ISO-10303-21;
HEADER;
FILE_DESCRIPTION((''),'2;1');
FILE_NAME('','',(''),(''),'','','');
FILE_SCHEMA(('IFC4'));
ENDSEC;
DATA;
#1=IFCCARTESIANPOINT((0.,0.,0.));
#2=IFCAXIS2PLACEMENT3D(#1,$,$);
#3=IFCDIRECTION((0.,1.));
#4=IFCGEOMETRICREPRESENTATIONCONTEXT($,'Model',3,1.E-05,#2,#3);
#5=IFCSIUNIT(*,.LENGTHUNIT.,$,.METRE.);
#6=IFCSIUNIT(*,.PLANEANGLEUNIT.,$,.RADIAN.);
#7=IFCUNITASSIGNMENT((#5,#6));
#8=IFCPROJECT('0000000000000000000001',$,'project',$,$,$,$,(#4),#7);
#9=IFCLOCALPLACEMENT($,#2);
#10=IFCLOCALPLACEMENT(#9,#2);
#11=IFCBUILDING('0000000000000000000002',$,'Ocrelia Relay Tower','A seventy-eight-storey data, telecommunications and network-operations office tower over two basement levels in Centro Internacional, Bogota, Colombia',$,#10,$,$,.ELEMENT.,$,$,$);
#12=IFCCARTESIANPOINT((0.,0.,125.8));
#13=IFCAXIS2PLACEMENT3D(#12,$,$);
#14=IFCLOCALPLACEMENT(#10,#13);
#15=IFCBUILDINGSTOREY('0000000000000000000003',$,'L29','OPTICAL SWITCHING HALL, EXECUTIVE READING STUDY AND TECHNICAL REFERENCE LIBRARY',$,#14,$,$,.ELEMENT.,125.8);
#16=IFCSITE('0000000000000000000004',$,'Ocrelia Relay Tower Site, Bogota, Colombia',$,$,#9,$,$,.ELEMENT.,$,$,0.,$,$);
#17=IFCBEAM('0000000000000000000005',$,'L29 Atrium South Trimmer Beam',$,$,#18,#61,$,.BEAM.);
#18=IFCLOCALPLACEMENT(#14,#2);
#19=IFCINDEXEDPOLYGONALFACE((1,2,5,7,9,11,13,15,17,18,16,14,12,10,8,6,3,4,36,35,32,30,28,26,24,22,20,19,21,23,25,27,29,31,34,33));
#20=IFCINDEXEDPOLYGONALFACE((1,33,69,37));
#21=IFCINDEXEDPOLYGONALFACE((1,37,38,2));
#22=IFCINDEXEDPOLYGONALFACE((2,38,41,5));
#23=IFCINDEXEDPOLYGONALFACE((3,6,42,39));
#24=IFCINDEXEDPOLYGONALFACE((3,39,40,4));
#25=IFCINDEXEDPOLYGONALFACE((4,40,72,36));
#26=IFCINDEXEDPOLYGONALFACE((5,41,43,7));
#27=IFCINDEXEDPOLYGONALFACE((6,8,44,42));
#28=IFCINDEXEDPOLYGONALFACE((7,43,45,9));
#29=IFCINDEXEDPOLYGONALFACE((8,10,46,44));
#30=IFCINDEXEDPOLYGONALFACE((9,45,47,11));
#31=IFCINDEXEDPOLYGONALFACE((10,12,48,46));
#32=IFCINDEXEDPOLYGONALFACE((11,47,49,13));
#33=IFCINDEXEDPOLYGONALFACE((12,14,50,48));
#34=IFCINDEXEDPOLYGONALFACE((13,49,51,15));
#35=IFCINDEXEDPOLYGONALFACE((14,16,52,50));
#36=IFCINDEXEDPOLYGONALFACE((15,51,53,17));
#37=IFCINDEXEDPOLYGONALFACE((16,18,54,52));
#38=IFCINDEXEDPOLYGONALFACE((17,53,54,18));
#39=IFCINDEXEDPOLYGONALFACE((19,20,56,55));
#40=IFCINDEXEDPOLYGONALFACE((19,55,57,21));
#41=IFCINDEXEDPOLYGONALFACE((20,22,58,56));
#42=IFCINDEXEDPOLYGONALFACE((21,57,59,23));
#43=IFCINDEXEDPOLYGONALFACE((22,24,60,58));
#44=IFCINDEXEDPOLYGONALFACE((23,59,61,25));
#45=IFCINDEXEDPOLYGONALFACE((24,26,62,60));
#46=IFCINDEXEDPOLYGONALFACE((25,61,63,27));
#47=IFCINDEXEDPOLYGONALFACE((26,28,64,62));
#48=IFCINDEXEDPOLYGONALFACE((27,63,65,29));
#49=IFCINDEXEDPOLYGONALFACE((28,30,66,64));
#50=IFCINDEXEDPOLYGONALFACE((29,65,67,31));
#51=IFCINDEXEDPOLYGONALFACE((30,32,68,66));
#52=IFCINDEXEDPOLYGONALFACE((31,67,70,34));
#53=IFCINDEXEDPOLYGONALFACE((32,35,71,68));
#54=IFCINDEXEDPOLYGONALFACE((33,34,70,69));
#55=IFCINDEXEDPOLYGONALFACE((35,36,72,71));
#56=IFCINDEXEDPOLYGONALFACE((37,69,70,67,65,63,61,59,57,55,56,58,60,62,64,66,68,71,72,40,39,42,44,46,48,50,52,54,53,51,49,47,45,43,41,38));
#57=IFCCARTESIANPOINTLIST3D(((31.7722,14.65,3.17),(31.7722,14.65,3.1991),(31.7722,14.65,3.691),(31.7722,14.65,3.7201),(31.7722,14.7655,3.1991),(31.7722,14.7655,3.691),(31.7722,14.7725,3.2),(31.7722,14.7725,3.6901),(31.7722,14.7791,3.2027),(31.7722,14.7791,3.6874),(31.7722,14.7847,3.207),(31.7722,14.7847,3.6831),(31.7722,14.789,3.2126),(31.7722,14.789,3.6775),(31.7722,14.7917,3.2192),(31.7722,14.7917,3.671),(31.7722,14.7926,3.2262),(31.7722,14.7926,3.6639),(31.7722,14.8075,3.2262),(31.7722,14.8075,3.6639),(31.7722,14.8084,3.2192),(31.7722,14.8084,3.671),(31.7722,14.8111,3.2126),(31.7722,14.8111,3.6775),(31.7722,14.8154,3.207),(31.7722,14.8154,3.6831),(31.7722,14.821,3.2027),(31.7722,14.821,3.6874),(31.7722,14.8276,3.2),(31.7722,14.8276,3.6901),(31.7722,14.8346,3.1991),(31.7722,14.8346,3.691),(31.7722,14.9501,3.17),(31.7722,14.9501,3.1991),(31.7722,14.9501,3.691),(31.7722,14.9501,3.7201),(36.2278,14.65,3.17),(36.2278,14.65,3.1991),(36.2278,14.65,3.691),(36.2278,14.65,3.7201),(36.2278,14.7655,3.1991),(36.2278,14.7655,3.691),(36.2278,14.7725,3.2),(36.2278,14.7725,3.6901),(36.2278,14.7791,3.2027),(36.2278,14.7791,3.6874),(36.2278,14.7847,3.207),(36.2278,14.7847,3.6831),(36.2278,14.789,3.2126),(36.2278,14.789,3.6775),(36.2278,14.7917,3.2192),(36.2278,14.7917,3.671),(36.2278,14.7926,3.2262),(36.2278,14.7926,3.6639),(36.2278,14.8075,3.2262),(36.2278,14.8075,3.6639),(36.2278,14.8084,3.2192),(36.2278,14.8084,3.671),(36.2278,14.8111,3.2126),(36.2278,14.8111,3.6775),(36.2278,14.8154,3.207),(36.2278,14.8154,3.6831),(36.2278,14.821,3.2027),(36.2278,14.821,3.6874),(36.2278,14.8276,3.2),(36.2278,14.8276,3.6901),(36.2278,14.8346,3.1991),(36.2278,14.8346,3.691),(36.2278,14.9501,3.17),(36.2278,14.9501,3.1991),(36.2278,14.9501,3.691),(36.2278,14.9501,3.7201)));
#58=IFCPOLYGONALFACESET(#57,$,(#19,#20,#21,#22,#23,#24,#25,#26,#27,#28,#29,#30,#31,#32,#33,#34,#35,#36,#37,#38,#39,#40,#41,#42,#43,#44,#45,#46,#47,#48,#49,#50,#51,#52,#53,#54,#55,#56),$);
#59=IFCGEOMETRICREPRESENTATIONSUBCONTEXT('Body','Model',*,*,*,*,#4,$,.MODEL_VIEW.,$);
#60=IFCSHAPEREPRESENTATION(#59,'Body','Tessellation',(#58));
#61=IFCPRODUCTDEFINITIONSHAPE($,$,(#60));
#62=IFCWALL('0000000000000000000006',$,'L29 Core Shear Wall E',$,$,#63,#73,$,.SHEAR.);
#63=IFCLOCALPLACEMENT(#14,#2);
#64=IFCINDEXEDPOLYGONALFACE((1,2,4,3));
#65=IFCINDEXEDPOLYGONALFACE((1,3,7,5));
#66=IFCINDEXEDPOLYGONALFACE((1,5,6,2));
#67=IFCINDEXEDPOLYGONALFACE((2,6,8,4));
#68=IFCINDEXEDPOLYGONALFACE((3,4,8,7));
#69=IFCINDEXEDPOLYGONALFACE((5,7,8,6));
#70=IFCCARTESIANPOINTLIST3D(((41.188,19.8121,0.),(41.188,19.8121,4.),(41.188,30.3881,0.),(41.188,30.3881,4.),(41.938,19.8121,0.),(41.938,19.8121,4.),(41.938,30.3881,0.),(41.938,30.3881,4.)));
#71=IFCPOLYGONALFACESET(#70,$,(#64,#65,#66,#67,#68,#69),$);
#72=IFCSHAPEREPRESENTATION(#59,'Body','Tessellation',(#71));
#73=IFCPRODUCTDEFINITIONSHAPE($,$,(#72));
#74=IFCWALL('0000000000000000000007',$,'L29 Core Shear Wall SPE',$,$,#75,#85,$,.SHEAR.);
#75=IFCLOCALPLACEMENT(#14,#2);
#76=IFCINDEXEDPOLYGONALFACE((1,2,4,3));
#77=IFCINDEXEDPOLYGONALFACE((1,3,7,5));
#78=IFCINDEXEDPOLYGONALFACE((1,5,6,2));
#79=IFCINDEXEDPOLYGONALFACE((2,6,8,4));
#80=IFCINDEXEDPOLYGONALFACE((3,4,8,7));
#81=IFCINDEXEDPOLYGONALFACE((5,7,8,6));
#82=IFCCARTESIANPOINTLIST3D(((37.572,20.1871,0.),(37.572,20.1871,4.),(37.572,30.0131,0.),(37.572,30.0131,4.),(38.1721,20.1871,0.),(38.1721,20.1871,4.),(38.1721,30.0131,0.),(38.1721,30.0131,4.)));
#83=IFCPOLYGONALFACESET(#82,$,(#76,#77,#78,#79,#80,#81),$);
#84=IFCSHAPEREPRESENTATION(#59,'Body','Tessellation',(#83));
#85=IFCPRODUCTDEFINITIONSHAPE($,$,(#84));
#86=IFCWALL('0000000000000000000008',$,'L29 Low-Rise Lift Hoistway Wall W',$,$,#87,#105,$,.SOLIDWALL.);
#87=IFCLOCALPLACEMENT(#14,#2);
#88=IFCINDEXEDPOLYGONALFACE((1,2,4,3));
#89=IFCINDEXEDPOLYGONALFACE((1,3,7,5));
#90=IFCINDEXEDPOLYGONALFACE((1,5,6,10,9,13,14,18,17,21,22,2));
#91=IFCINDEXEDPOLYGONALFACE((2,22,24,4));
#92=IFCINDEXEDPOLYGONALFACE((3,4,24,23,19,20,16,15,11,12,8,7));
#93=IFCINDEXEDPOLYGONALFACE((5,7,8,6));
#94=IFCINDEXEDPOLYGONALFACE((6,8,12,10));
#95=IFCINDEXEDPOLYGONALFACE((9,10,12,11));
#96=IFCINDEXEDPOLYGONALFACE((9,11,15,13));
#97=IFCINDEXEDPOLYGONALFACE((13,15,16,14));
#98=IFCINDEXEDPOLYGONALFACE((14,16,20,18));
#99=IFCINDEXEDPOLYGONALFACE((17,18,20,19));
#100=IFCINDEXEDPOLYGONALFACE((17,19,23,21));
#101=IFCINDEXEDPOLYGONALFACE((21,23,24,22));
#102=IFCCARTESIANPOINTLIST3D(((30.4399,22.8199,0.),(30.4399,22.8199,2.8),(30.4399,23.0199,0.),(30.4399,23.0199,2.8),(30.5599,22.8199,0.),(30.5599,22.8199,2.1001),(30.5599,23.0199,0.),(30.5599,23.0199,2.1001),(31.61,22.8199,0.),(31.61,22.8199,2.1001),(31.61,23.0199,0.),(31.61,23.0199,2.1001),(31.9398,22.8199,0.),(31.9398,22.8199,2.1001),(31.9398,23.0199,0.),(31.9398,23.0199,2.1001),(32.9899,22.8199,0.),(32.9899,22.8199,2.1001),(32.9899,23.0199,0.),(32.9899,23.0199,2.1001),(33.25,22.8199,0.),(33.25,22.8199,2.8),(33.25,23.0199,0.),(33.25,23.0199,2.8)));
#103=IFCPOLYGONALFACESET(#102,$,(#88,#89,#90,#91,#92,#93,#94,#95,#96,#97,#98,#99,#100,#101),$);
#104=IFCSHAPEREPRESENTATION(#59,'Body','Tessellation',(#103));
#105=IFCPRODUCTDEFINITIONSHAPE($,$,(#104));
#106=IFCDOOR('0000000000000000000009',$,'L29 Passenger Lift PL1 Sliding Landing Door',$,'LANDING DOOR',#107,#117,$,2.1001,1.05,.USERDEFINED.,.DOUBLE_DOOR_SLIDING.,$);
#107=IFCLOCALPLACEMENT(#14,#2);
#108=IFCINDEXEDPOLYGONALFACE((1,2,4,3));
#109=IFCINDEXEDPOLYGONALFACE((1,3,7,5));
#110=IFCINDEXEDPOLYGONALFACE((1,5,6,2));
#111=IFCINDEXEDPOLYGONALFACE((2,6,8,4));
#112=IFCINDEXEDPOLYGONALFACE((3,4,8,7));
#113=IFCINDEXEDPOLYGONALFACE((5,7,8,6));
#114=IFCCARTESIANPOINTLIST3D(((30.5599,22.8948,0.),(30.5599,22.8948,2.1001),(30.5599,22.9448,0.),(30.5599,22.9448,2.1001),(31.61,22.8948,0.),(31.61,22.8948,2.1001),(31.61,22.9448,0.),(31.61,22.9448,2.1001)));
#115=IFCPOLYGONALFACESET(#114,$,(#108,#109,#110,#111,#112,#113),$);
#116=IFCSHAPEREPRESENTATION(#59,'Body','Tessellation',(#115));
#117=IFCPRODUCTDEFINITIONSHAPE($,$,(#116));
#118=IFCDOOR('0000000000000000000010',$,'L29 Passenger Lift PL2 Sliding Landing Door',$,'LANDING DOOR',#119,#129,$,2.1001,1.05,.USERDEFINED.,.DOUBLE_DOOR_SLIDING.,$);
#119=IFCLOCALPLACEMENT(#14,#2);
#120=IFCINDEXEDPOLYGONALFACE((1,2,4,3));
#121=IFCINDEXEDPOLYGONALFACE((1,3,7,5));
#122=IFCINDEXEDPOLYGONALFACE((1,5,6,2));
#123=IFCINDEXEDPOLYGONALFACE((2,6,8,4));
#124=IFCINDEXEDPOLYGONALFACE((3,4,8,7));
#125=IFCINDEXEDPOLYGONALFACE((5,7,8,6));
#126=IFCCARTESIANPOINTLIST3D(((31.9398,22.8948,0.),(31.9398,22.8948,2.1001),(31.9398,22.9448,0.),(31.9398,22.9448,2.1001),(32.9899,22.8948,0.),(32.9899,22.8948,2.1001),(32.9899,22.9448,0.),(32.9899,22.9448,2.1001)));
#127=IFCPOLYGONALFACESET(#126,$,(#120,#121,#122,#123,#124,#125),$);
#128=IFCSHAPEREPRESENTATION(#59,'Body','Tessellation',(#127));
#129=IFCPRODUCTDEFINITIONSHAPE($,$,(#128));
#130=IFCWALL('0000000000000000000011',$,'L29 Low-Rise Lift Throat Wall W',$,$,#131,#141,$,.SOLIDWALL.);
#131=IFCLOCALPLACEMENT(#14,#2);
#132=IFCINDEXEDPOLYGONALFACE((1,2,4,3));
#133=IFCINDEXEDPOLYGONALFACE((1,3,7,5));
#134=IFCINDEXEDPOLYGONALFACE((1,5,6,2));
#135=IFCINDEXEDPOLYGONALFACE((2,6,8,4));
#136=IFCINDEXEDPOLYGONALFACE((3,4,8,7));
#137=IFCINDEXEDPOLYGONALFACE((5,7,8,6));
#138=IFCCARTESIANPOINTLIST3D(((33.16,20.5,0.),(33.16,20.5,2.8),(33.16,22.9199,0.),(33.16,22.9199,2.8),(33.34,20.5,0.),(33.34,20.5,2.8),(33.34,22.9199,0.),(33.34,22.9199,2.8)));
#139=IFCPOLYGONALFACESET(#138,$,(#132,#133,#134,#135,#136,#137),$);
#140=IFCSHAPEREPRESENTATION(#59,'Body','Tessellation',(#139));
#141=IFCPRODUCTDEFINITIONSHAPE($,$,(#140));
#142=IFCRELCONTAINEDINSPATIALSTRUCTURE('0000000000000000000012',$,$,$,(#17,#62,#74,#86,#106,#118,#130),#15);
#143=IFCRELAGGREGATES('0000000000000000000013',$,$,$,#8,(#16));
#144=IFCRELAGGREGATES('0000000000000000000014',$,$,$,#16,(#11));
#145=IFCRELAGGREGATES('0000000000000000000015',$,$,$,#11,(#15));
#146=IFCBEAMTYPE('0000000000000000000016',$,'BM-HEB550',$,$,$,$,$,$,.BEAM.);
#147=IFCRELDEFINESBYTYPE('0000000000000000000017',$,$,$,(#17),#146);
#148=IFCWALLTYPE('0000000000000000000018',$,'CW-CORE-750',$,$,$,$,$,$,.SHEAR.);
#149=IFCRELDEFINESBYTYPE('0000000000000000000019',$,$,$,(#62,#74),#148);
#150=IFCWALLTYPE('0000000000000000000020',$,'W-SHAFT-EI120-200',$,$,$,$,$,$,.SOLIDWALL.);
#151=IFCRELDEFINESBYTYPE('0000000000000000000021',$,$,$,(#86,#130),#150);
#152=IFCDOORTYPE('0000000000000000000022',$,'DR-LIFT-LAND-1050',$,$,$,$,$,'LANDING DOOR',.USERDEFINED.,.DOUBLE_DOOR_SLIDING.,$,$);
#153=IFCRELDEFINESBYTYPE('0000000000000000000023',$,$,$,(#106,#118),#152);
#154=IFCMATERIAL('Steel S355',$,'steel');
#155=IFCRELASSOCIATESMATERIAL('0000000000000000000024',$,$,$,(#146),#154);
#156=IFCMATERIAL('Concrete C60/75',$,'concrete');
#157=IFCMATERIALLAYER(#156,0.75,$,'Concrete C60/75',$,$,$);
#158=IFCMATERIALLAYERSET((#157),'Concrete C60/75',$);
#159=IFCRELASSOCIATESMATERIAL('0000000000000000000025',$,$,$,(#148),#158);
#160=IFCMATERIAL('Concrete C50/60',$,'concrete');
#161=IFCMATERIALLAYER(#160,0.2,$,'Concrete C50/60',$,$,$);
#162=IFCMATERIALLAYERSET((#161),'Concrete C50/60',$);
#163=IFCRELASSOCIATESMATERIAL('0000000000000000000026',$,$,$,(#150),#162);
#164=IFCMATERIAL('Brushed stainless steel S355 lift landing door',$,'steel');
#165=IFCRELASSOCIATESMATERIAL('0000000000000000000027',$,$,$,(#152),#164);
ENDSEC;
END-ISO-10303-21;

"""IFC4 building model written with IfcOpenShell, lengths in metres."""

from ifc_helpers import new_model, si_unit, direction, frame, frame_2d, origin, origin_2d, place, context, subcontext, project, spatial, rectangle, i_section, extrude, material, layer, layer_set, material_profile, profile_set, type_object, element, fill, save


model = new_model("IFC4")

# Units and contexts
model_context = context("Model", 3, precision=1e-05, world=origin(), true_north=direction((0.0, 1.0)))
body_context = subcontext(model_context, "Body", "Model", "MODEL_VIEW")
ifc_project = project(units=[si_unit("LENGTHUNIT", "METRE"), si_unit("PLANEANGLEUNIT", "RADIAN")], contexts=[model_context])

# Site, building, storey
site_placement = place(None, origin())
site = spatial("IfcSite", under=ifc_project, at=site_placement, Name="Ocrelia Relay Tower Site, Bogota, Colombia", CompositionType="ELEMENT", RefElevation=0.0)
building_placement = place(site_placement, origin())
building = spatial("IfcBuilding", under=site, at=building_placement, Name="Ocrelia Relay Tower", Description="A seventy-eight-storey data, telecommunications and network-operations office tower over two basement levels in Centro Internacional, Bogota, Colombia", CompositionType="ELEMENT")
storey_placement = place(building_placement, frame((0.0, 0.0, 125.8)))
storey = spatial("IfcBuildingStorey", under=building, at=storey_placement, Name="L29", Description="OPTICAL SWITCHING HALL, EXECUTIVE READING STUDY AND TECHNICAL REFERENCE LIBRARY", CompositionType="ELEMENT", Elevation=125.8)

# Beam
ifc_material_1 = material(Name="Steel S355", Category="steel")
ifc_material_profile = material_profile(ifc_material_1, i_section(OverallWidth=0.3, OverallDepth=0.55, WebThickness=0.0149, FlangeThickness=0.0291, FilletRadius=0.0271, at=origin_2d()), Name="HEB 550")
ifc_profile_set = profile_set([ifc_material_profile], Name="Steel S355")
beam_type = type_object("IfcBeamType", Name="BM-HEB550", PredefinedType="BEAM", material=ifc_profile_set)
beam_placement = place(storey_placement, frame((31.7722, 14.8, 3.4451), z_axis=(1.0, 0.0, 0.0), x_axis=(0.0, 1.0, 0.0)))
element("IfcBeam", 1, at=beam_placement, inside=storey, type_object=beam_type, Name="L29 Atrium South Trimmer Beam", PredefinedType="BEAM", context=body_context, shape_type="SweptSolid", body=[
    extrude(i_section(OverallWidth=0.3, OverallDepth=0.55, WebThickness=0.0149, FlangeThickness=0.0291, FilletRadius=0.0271, at=origin_2d()), origin(), (0.0, 0.0, 1.0), 4.4556),
])

# Walls
ifc_material_2 = material(Name="Concrete C60/75", Category="concrete")
ifc_layer_1 = layer(ifc_material_2, 0.75, Name="Concrete C60/75")
ifc_layer_set_1 = layer_set([ifc_layer_1], Name="Concrete C60/75")
wall_type_1 = type_object("IfcWallType", Name="CW-CORE-750", PredefinedType="SHEAR", material=ifc_layer_set_1)
wall_1_placement = place(storey_placement, frame((41.563, 19.812, 0.0), z_axis=(0.0, 0.0, 1.0), x_axis=(0.0, 1.0, 0.0)))
element("IfcWall", 2, at=wall_1_placement, inside=storey, type_object=wall_type_1, Name="L29 Core Shear Wall E", PredefinedType="SHEAR", context=body_context, shape_type="SweptSolid", body=[
    extrude(rectangle(XDim=10.5759, YDim=0.75, at=frame_2d((5.2881, 0.0))), origin(), (0.0, 0.0, 1.0), 4.0),
])
wall_2_placement = place(storey_placement, frame((37.8721, 20.187, 0.0), z_axis=(0.0, 0.0, 1.0), x_axis=(0.0, 1.0, 0.0)))
element("IfcWall", 3, at=wall_2_placement, inside=storey, type_object=wall_type_1, Name="L29 Core Shear Wall SPE", PredefinedType="SHEAR", context=body_context, shape_type="SweptSolid", body=[
    extrude(rectangle(XDim=9.8259, YDim=0.6001, at=frame_2d((4.9131, 0.0))), origin(), (0.0, 0.0, 1.0), 4.0),
])

# Wall, openings, doors
ifc_material_3 = material(Name="Concrete C50/60", Category="concrete")
ifc_layer_2 = layer(ifc_material_3, 0.2, Name="Concrete C50/60")
ifc_layer_set_2 = layer_set([ifc_layer_2], Name="Concrete C50/60")
wall_type_2 = type_object("IfcWallType", Name="W-SHAFT-EI120-200", PredefinedType="SOLIDWALL", material=ifc_layer_set_2)
wall_3_placement = place(storey_placement, frame((30.4399, 22.9199, 0.0), z_axis=(0.0, 0.0, 1.0), x_axis=(1.0, 0.0, 0.0)))
wall_3 = element("IfcWall", 4, at=wall_3_placement, inside=storey, type_object=wall_type_2, Name="L29 Low-Rise Lift Hoistway Wall W", PredefinedType="SOLIDWALL", context=body_context, shape_type="SweptSolid", body=[
    extrude(rectangle(XDim=2.8101, YDim=0.2, at=frame_2d((1.405, 0.0))), origin(), (0.0, 0.0, 1.0), 2.8),
])
opening_1_placement = place(wall_3_placement, frame((0.1201, 0.0, 0.0)))
opening_1 = element("IfcOpeningElement", 5, at=opening_1_placement, cuts=wall_3, PredefinedType="OPENING", context=body_context, shape_type="SweptSolid", body=[
    extrude(rectangle(XDim=1.05, YDim=2.1001, at=frame_2d((0.5249, 1.05))), frame((0.0, 0.1099, 0.0), z_axis=(0.0, -1.0, 0.0), x_axis=(1.0, 0.0, 0.0)), (0.0, 0.0, 1.0), 0.22),
])
opening_2_placement = place(wall_3_placement, frame((1.5, 0.0, 0.0)))
opening_2 = element("IfcOpeningElement", 6, at=opening_2_placement, cuts=wall_3, PredefinedType="OPENING", context=body_context, shape_type="SweptSolid", body=[
    extrude(rectangle(XDim=1.05, YDim=2.1001, at=frame_2d((0.5249, 1.05))), frame((0.0, 0.1099, 0.0), z_axis=(0.0, -1.0, 0.0), x_axis=(1.0, 0.0, 0.0)), (0.0, 0.0, 1.0), 0.22),
])
ifc_material_4 = material(Name="Brushed stainless steel S355 lift landing door", Category="steel")
door_type = type_object("IfcDoorType", Name="DR-LIFT-LAND-1050", ElementType="LANDING DOOR", OperationType="DOUBLE_DOOR_SLIDING", PredefinedType="USERDEFINED", material=ifc_material_4)
door_1_placement = place(opening_1_placement, origin())
door_1 = element("IfcDoor", 7, at=door_1_placement, inside=storey, type_object=door_type, Name="L29 Passenger Lift PL1 Sliding Landing Door", ObjectType="LANDING DOOR", OperationType="DOUBLE_DOOR_SLIDING", OverallHeight=2.1001, OverallWidth=1.05, PredefinedType="USERDEFINED", context=body_context, shape_type="SweptSolid", body=[
    extrude(rectangle(XDim=1.05, YDim=2.1001, at=frame_2d((0.5249, 1.05))), frame((0.0, 0.0249, 0.0), z_axis=(0.0, -1.0, 0.0), x_axis=(1.0, 0.0, 0.0)), (0.0, 0.0, 1.0), 0.05),
])
fill(opening_1, door_1)
door_2_placement = place(opening_2_placement, origin())
door_2 = element("IfcDoor", 8, at=door_2_placement, inside=storey, type_object=door_type, Name="L29 Passenger Lift PL2 Sliding Landing Door", ObjectType="LANDING DOOR", OperationType="DOUBLE_DOOR_SLIDING", OverallHeight=2.1001, OverallWidth=1.05, PredefinedType="USERDEFINED", context=body_context, shape_type="SweptSolid", body=[
    extrude(rectangle(XDim=1.05, YDim=2.1001, at=frame_2d((0.5249, 1.05))), frame((0.0, 0.0249, 0.0), z_axis=(0.0, -1.0, 0.0), x_axis=(1.0, 0.0, 0.0)), (0.0, 0.0, 1.0), 0.05),
])
fill(opening_2, door_2)

# Wall
wall_4_placement = place(storey_placement, frame((33.25, 20.5, 0.0), z_axis=(0.0, 0.0, 1.0), x_axis=(0.0, 1.0, 0.0)))
element("IfcWall", 9, at=wall_4_placement, inside=storey, type_object=wall_type_2, Name="L29 Low-Rise Lift Throat Wall W", PredefinedType="SOLIDWALL", context=body_context, shape_type="SweptSolid", body=[
    extrude(rectangle(XDim=2.4199, YDim=0.1799, at=frame_2d((1.21, 0.0))), origin(), (0.0, 0.0, 1.0), 2.8),
])

save(model, "model.ifc")
